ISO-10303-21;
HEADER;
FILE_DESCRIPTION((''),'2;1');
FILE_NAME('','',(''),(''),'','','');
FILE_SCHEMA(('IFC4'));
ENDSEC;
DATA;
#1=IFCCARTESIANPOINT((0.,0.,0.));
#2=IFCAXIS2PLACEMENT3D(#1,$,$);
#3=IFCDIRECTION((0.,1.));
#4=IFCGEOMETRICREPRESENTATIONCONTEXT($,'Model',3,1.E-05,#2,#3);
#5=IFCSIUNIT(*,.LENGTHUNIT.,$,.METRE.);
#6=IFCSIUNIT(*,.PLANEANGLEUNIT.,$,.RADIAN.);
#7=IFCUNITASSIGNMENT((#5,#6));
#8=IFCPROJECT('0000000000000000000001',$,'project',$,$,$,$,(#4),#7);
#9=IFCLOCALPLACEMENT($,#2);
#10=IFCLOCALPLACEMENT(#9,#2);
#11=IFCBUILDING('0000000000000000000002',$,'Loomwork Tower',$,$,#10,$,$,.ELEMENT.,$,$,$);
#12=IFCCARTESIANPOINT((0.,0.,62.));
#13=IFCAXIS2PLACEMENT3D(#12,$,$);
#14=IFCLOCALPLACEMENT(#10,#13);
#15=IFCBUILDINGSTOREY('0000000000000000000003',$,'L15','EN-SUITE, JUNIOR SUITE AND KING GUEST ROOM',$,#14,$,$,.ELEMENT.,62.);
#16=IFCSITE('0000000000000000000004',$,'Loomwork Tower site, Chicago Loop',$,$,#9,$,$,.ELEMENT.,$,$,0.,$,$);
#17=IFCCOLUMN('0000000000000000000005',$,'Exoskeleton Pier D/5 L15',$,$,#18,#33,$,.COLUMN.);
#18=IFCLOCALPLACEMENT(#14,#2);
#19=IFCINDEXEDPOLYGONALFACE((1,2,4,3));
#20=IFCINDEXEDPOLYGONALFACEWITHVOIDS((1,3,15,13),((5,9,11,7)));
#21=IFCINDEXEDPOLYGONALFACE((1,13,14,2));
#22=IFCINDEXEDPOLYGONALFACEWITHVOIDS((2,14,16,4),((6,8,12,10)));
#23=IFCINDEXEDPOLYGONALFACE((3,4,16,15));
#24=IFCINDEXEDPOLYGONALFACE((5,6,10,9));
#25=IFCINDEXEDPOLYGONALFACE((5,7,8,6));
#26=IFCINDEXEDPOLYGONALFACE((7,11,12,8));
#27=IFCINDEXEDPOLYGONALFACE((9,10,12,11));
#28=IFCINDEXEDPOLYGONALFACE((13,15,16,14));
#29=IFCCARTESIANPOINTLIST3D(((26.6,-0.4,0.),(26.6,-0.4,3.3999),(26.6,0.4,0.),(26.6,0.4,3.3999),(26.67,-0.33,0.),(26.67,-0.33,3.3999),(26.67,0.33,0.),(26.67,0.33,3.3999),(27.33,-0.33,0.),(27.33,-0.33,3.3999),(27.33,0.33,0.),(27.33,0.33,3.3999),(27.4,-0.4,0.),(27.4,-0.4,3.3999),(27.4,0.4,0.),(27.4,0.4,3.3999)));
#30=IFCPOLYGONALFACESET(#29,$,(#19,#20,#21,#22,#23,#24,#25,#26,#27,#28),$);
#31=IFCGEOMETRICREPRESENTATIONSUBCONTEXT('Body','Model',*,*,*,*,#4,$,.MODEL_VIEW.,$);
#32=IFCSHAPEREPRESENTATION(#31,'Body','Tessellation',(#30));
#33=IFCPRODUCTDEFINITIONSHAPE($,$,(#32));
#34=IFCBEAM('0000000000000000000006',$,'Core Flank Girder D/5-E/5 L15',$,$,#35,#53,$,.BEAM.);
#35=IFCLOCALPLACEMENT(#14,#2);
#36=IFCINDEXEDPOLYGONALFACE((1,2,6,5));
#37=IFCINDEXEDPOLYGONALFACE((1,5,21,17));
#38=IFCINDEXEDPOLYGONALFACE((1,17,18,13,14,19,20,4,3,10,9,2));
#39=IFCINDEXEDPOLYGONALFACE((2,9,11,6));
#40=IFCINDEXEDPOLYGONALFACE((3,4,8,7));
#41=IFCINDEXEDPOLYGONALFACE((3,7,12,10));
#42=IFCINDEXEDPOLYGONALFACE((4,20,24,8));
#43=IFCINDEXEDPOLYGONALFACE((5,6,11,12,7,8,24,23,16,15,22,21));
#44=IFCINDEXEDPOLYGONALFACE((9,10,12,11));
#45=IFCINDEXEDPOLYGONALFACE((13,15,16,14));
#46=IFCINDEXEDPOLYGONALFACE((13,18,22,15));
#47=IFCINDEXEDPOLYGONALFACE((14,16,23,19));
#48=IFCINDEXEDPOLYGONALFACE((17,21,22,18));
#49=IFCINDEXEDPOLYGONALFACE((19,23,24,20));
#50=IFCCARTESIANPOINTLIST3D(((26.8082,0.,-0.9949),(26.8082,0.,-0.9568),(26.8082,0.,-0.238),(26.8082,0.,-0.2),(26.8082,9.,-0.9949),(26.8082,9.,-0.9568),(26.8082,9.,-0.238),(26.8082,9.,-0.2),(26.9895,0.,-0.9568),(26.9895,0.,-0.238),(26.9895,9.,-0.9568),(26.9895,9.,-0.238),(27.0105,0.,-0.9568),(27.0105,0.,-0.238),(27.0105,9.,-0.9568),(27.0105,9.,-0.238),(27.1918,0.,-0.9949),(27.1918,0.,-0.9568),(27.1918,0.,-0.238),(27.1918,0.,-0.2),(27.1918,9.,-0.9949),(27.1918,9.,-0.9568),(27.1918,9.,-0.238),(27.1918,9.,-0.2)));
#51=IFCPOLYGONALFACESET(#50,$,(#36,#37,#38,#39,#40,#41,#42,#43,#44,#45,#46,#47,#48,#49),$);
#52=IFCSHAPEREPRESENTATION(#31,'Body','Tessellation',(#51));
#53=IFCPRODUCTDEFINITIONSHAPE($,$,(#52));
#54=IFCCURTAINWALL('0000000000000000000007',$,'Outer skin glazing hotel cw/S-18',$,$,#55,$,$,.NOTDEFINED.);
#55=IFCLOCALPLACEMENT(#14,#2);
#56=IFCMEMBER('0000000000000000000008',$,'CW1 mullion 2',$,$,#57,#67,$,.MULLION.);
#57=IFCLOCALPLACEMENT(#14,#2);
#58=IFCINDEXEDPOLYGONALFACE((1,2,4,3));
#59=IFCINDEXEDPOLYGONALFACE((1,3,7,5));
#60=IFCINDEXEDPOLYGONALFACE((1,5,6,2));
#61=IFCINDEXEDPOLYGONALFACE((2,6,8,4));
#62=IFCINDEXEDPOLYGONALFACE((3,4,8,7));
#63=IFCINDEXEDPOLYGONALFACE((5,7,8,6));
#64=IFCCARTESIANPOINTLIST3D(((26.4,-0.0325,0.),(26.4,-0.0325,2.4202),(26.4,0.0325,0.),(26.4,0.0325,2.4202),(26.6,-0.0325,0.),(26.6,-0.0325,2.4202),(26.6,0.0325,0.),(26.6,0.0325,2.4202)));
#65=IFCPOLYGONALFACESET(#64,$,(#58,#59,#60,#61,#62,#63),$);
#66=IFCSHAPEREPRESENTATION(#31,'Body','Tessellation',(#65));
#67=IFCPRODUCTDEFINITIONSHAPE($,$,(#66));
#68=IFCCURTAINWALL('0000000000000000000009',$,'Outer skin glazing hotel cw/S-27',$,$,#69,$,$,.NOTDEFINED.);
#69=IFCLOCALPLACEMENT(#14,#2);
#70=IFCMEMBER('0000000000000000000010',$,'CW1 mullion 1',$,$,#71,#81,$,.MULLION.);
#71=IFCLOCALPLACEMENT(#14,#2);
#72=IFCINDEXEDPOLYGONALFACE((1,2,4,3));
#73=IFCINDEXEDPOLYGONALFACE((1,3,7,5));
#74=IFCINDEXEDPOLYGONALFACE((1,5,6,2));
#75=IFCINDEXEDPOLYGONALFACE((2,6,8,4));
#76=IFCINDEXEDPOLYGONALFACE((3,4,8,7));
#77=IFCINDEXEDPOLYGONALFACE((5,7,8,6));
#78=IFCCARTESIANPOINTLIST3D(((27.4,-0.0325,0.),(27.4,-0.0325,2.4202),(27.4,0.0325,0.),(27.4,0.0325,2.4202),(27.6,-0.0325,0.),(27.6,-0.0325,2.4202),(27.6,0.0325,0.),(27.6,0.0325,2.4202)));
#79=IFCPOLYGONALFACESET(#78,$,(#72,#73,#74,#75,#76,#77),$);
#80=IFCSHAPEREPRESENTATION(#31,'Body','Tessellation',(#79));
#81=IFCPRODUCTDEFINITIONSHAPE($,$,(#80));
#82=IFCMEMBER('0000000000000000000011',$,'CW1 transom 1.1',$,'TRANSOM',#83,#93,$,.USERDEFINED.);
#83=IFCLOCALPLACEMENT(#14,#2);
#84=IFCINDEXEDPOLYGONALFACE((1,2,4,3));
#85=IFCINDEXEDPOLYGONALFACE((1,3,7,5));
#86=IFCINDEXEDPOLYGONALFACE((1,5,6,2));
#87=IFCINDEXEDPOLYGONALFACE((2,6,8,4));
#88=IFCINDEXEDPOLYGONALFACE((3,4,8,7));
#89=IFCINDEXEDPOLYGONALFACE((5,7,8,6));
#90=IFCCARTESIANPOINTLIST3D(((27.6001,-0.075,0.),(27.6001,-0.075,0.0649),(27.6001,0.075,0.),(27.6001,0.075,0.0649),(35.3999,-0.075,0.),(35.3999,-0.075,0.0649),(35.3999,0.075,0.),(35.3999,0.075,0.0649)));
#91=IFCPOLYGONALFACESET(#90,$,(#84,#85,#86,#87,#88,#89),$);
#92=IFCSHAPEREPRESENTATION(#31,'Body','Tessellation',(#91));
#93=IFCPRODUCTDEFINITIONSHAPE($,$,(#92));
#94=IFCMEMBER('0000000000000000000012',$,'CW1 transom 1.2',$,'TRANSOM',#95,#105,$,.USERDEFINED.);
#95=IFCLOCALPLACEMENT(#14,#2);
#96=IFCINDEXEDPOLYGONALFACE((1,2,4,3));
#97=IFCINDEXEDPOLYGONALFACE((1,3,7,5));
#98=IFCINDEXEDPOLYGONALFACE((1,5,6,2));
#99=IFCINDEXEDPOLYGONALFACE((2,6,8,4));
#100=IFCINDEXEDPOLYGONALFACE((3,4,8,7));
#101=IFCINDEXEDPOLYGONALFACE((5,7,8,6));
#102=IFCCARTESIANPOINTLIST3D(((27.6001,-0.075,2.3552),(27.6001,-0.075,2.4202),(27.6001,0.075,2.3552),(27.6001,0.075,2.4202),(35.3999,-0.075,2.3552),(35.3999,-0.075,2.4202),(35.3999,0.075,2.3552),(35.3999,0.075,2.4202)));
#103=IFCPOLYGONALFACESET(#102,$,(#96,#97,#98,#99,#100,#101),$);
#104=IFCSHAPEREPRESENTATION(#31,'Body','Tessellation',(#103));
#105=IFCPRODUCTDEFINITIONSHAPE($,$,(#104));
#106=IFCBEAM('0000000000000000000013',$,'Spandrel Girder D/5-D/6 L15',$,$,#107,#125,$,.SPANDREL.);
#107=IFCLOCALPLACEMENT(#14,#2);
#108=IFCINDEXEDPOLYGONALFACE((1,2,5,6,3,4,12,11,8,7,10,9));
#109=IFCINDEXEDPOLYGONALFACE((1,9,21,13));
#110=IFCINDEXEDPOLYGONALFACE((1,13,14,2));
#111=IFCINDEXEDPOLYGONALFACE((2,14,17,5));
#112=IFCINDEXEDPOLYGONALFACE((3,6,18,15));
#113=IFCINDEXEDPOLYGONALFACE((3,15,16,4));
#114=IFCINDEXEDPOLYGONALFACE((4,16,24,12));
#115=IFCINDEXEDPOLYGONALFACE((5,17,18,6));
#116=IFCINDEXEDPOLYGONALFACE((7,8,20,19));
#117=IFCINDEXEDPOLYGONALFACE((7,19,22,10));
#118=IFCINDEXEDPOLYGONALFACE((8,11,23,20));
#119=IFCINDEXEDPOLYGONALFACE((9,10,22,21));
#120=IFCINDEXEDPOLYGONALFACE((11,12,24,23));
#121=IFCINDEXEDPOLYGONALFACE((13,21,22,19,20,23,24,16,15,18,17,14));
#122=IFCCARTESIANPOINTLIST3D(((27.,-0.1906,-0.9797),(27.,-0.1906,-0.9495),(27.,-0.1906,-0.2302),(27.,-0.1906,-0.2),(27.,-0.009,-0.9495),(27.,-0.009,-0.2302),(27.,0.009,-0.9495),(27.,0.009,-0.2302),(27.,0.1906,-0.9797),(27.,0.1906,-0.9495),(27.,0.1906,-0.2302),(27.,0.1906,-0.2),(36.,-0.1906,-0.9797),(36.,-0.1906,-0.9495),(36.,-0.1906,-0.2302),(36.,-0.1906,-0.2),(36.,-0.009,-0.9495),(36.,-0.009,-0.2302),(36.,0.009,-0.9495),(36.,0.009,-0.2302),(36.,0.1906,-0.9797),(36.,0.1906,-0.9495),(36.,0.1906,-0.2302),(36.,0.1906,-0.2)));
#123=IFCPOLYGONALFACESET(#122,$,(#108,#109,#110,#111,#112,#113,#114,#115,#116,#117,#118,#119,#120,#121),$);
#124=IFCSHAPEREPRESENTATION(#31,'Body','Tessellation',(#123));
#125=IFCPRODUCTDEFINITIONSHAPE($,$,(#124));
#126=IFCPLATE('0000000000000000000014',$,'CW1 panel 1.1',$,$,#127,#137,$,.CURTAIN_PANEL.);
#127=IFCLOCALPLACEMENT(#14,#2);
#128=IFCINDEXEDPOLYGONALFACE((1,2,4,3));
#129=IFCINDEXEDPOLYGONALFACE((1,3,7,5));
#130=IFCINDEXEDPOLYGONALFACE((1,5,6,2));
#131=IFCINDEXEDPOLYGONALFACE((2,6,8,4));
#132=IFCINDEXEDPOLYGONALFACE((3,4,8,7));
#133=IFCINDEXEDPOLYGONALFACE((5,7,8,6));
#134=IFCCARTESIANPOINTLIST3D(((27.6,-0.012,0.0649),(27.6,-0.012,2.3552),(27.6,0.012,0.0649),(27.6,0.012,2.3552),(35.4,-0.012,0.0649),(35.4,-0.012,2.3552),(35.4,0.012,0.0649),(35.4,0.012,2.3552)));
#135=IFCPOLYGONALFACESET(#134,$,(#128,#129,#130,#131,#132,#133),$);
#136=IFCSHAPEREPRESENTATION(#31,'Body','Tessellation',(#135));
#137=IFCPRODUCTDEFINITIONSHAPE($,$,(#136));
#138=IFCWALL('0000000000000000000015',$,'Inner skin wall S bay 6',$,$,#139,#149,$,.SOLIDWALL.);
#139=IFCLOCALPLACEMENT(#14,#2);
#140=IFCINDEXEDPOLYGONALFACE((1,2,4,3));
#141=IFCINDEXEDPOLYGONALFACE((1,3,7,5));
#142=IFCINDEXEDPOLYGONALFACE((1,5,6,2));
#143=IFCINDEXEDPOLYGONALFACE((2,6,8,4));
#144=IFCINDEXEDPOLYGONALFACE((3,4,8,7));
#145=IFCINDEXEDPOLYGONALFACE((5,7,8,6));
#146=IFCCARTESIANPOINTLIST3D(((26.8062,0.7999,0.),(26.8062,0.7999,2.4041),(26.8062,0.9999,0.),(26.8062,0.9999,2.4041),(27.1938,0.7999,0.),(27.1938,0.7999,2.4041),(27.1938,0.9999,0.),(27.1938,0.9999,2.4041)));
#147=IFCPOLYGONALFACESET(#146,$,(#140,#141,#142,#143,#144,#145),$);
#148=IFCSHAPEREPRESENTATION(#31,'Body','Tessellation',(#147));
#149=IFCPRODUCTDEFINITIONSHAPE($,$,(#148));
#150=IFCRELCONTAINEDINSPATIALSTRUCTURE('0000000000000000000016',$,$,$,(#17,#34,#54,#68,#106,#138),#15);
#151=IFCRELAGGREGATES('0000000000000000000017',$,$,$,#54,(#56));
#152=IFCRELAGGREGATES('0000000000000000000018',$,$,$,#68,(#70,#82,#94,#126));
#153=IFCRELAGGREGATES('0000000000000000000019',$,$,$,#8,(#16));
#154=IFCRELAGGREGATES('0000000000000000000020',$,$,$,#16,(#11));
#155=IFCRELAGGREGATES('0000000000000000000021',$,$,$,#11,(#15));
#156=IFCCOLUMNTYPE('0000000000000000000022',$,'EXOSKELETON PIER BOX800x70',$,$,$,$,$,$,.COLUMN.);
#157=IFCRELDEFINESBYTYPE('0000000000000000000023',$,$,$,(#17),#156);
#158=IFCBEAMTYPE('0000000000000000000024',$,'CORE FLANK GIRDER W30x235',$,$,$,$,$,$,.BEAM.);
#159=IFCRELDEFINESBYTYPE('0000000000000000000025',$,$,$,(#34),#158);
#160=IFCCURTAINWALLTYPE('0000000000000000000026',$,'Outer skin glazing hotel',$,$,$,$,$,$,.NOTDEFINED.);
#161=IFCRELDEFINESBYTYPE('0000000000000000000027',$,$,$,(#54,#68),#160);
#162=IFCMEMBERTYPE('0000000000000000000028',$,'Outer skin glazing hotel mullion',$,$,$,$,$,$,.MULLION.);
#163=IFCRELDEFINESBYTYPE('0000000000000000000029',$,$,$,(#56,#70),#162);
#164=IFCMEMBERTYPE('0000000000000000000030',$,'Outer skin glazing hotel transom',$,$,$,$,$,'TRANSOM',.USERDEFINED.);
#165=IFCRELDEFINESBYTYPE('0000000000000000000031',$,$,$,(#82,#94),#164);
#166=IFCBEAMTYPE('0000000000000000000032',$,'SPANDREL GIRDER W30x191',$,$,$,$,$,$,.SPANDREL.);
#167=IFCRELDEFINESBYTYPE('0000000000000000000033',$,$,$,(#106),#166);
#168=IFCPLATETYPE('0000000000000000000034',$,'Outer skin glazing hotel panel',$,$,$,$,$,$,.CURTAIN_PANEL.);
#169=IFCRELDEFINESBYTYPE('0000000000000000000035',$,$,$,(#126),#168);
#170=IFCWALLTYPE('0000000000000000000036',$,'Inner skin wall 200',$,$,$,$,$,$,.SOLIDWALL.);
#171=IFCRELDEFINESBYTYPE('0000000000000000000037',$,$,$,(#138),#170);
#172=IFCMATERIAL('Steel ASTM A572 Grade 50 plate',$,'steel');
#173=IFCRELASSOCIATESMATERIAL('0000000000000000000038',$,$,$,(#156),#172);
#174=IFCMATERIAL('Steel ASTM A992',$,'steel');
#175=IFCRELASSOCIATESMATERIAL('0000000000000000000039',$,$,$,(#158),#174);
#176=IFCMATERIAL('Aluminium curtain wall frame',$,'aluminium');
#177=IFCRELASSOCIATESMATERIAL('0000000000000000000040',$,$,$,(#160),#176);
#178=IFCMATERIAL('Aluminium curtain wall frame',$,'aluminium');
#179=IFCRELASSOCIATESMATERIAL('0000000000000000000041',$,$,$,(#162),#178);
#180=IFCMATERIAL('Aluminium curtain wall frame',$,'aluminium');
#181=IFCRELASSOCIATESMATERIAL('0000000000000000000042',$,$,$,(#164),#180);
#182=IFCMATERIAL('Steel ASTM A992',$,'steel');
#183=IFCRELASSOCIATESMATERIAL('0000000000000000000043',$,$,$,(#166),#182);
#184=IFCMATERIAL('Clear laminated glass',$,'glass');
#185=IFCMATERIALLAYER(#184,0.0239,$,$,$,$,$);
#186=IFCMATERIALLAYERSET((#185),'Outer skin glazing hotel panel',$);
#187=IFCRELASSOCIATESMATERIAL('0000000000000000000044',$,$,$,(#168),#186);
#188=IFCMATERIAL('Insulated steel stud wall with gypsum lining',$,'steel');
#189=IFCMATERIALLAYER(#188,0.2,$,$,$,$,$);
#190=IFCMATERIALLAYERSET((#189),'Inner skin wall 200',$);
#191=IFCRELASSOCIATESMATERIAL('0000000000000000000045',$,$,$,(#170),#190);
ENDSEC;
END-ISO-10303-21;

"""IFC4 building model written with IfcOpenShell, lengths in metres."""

from ifc_helpers import new_model, si_unit, direction, frame, frame_2d, origin, origin_2d, place, context, subcontext, project, spatial, rectangle, hollow_rectangle, i_section, extrude, material, layer, layer_set, material_profile, profile_set, type_object, element, aggregate, save


model = new_model("IFC4")

# Units and contexts
model_context = context("Model", 3, precision=1e-05, world=origin(), true_north=direction((0.0, 1.0)))
body_context = subcontext(model_context, "Body", "Model", "MODEL_VIEW")
ifc_project = project(units=[si_unit("LENGTHUNIT", "METRE"), si_unit("PLANEANGLEUNIT", "RADIAN")], contexts=[model_context])

# Site, building, storey
site_placement = place(None, origin())
site = spatial("IfcSite", under=ifc_project, at=site_placement, Name="Loomwork Tower site, Chicago Loop", CompositionType="ELEMENT", RefElevation=0.0)
building_placement = place(site_placement, origin())
building = spatial("IfcBuilding", under=site, at=building_placement, Name="Loomwork Tower", CompositionType="ELEMENT")
storey_placement = place(building_placement, frame((0.0, 0.0, 62.0)))
storey = spatial("IfcBuildingStorey", under=building, at=storey_placement, Name="L15", Description="EN-SUITE, JUNIOR SUITE AND KING GUEST ROOM", CompositionType="ELEMENT", Elevation=62.0)

# Column
ifc_material_1 = material(Name="Steel ASTM A572 Grade 50 plate", Category="steel")
ifc_material_profile_1 = material_profile(ifc_material_1, hollow_rectangle(XDim=0.8, YDim=0.8, WallThickness=0.0701, at=origin_2d()), Name="BOX800x70")
ifc_profile_set_1 = profile_set([ifc_material_profile_1], Name="Steel ASTM A572 Grade 50 plate")
column_type = type_object("IfcColumnType", Name="EXOSKELETON PIER BOX800x70", PredefinedType="COLUMN", material=ifc_profile_set_1)
column_placement = place(storey_placement, frame((27.0, 0.0, 0.0), z_axis=(0.0, 0.0, 1.0), x_axis=(1.0, 0.0, 0.0)))
element("IfcColumn", 1, at=column_placement, inside=storey, type_object=column_type, Name="Exoskeleton Pier D/5 L15", PredefinedType="COLUMN", context=body_context, shape_type="SweptSolid", body=[
    extrude(hollow_rectangle(XDim=0.8, YDim=0.8, WallThickness=0.0701, at=origin_2d()), origin(), (0.0, 0.0, 1.0), 3.3999),
])

# Beam
ifc_material_2 = material(Name="Steel ASTM A992", Category="steel")
ifc_material_profile_2 = material_profile(ifc_material_2, i_section(OverallWidth=0.3835, OverallDepth=0.7949, WebThickness=0.021, FlangeThickness=0.0381, at=origin_2d()), Name="W30x235")
ifc_profile_set_2 = profile_set([ifc_material_profile_2], Name="Steel ASTM A992")
beam_type_1 = type_object("IfcBeamType", Name="CORE FLANK GIRDER W30x235", PredefinedType="BEAM", material=ifc_profile_set_2)
beam_1_placement = place(storey_placement, frame((27.0, 0.0, -0.5974), z_axis=(0.0, 1.0, 0.0), x_axis=(-1.0, 0.0, 0.0)))
element("IfcBeam", 2, at=beam_1_placement, inside=storey, type_object=beam_type_1, Name="Core Flank Girder D/5-E/5 L15", PredefinedType="BEAM", context=body_context, shape_type="SweptSolid", body=[
    extrude(i_section(OverallWidth=0.3835, OverallDepth=0.7949, WebThickness=0.021, FlangeThickness=0.0381, at=origin_2d()), origin(), (0.0, 0.0, 1.0), 9.0),
])

# Curtain wall, member
ifc_material_3 = material(Name="Aluminium curtain wall frame", Category="aluminium")
curtain_wall_type = type_object("IfcCurtainWallType", Name="Outer skin glazing hotel", PredefinedType="NOTDEFINED", material=ifc_material_3)
curtain_wall_1_placement = place(storey_placement, origin())
curtain_wall_1 = element("IfcCurtainWall", 3, at=curtain_wall_1_placement, inside=storey, type_object=curtain_wall_type, Name="Outer skin glazing hotel cw/S-18", PredefinedType="NOTDEFINED")
ifc_material_4 = material(Name="Aluminium curtain wall frame", Category="aluminium")
ifc_material_profile_3 = material_profile(ifc_material_4, rectangle(XDim=0.0649, YDim=0.2, at=origin_2d()), Name="AL 65x200")
ifc_profile_set_3 = profile_set([ifc_material_profile_3], Name="Aluminium curtain wall frame")
member_type_1 = type_object("IfcMemberType", Name="Outer skin glazing hotel mullion", PredefinedType="MULLION", material=ifc_profile_set_3)
member_1_placement = place(storey_placement, frame((26.5, 0.0, 0.0), z_axis=(0.0, 0.0, 1.0), x_axis=(0.0, 1.0, 0.0)))
member_1 = element("IfcMember", 4, at=member_1_placement, type_object=member_type_1, Name="CW1 mullion 2", PredefinedType="MULLION", context=body_context, shape_type="SweptSolid", body=[
    extrude(rectangle(XDim=0.0649, YDim=0.2, at=origin_2d()), origin(), (0.0, 0.0, 1.0), 2.4202),
])
aggregate(curtain_wall_1, [member_1])

# Curtain wall, members
curtain_wall_2_placement = place(storey_placement, origin())
curtain_wall_2 = element("IfcCurtainWall", 5, at=curtain_wall_2_placement, inside=storey, type_object=curtain_wall_type, Name="Outer skin glazing hotel cw/S-27", PredefinedType="NOTDEFINED")
member_2_placement = place(storey_placement, frame((27.5, 0.0, 0.0), z_axis=(0.0, 0.0, 1.0), x_axis=(0.0, 1.0, 0.0)))
member_2 = element("IfcMember", 6, at=member_2_placement, type_object=member_type_1, Name="CW1 mullion 1", PredefinedType="MULLION", context=body_context, shape_type="SweptSolid", body=[
    extrude(rectangle(XDim=0.0649, YDim=0.2, at=origin_2d()), origin(), (0.0, 0.0, 1.0), 2.4202),
])
ifc_material_5 = material(Name="Aluminium curtain wall frame", Category="aluminium")
ifc_material_profile_4 = material_profile(ifc_material_5, rectangle(XDim=0.1499, YDim=0.0649, at=origin_2d()), Name="AL 65x150")
ifc_profile_set_4 = profile_set([ifc_material_profile_4], Name="Aluminium curtain wall frame")
member_type_2 = type_object("IfcMemberType", Name="Outer skin glazing hotel transom", ElementType="TRANSOM", PredefinedType="USERDEFINED", material=ifc_profile_set_4)
member_3_placement = place(storey_placement, frame((27.6001, 0.0, 0.0325), z_axis=(1.0, 0.0, 0.0), x_axis=(0.0, 1.0, 0.0)))
member_3 = element("IfcMember", 7, at=member_3_placement, type_object=member_type_2, Name="CW1 transom 1.1", ObjectType="TRANSOM", PredefinedType="USERDEFINED", context=body_context, shape_type="SweptSolid", body=[
    extrude(rectangle(XDim=0.1499, YDim=0.0649, at=origin_2d()), origin(), (0.0, 0.0, 1.0), 7.7998),
])
member_4_placement = place(storey_placement, frame((27.6001, 0.0, 2.3877), z_axis=(1.0, 0.0, 0.0), x_axis=(0.0, 1.0, 0.0)))
member_4 = element("IfcMember", 8, at=member_4_placement, type_object=member_type_2, Name="CW1 transom 1.2", ObjectType="TRANSOM", PredefinedType="USERDEFINED", context=body_context, shape_type="SweptSolid", body=[
    extrude(rectangle(XDim=0.1499, YDim=0.0649, at=origin_2d()), origin(), (0.0, 0.0, 1.0), 7.7998),
])

# Beam
ifc_material_6 = material(Name="Steel ASTM A992", Category="steel")
ifc_material_profile_5 = material_profile(ifc_material_6, i_section(OverallWidth=0.3811, OverallDepth=0.7798, WebThickness=0.0181, FlangeThickness=0.0303, at=origin_2d()), Name="W30x191")
ifc_profile_set_5 = profile_set([ifc_material_profile_5], Name="Steel ASTM A992")
beam_type_2 = type_object("IfcBeamType", Name="SPANDREL GIRDER W30x191", PredefinedType="SPANDREL", material=ifc_profile_set_5)
beam_2_placement = place(storey_placement, frame((27.0, 0.0, -0.5898), z_axis=(1.0, 0.0, 0.0), x_axis=(0.0, 1.0, 0.0)))
element("IfcBeam", 9, at=beam_2_placement, inside=storey, type_object=beam_type_2, Name="Spandrel Girder D/5-D/6 L15", PredefinedType="SPANDREL", context=body_context, shape_type="SweptSolid", body=[
    extrude(i_section(OverallWidth=0.3811, OverallDepth=0.7798, WebThickness=0.0181, FlangeThickness=0.0303, at=origin_2d()), origin(), (0.0, 0.0, 1.0), 9.0),
])

# Plate
ifc_material_7 = material(Name="Clear laminated glass", Category="glass")
ifc_layer_1 = layer(ifc_material_7, 0.0239)
ifc_layer_set_1 = layer_set([ifc_layer_1], Name="Outer skin glazing hotel panel")
plate_type = type_object("IfcPlateType", Name="Outer skin glazing hotel panel", PredefinedType="CURTAIN_PANEL", material=ifc_layer_set_1)
plate_placement = place(storey_placement, frame((31.5, 0.0, 0.0649), z_axis=(0.0, 0.0, 1.0), x_axis=(1.0, 0.0, 0.0)))
plate = element("IfcPlate", 10, at=plate_placement, type_object=plate_type, Name="CW1 panel 1.1", PredefinedType="CURTAIN_PANEL", context=body_context, shape_type="SweptSolid", body=[
    extrude(rectangle(XDim=7.8, YDim=0.0239, at=origin_2d()), origin(), (0.0, 0.0, 1.0), 2.2903),
])
aggregate(curtain_wall_2, [member_2, member_3, member_4, plate])

# Wall
ifc_material_8 = material(Name="Insulated steel stud wall with gypsum lining", Category="steel")
ifc_layer_2 = layer(ifc_material_8, 0.2)
ifc_layer_set_2 = layer_set([ifc_layer_2], Name="Inner skin wall 200")
wall_type = type_object("IfcWallType", Name="Inner skin wall 200", PredefinedType="SOLIDWALL", material=ifc_layer_set_2)
wall_1_placement = place(storey_placement, frame((26.8062, 0.8999, 0.0), z_axis=(0.0, 0.0, 1.0), x_axis=(1.0, 0.0, 0.0)))
element("IfcWall", 11, at=wall_1_placement, inside=storey, type_object=wall_type, Name="Inner skin wall S bay 6", PredefinedType="SOLIDWALL", context=body_context, shape_type="SweptSolid", body=[
    extrude(rectangle(XDim=0.3877, YDim=0.2, at=frame_2d((0.1938, 0.0))), origin(), (0.0, 0.0, 1.0), 2.4041),
])

save(model, "model.ifc")
